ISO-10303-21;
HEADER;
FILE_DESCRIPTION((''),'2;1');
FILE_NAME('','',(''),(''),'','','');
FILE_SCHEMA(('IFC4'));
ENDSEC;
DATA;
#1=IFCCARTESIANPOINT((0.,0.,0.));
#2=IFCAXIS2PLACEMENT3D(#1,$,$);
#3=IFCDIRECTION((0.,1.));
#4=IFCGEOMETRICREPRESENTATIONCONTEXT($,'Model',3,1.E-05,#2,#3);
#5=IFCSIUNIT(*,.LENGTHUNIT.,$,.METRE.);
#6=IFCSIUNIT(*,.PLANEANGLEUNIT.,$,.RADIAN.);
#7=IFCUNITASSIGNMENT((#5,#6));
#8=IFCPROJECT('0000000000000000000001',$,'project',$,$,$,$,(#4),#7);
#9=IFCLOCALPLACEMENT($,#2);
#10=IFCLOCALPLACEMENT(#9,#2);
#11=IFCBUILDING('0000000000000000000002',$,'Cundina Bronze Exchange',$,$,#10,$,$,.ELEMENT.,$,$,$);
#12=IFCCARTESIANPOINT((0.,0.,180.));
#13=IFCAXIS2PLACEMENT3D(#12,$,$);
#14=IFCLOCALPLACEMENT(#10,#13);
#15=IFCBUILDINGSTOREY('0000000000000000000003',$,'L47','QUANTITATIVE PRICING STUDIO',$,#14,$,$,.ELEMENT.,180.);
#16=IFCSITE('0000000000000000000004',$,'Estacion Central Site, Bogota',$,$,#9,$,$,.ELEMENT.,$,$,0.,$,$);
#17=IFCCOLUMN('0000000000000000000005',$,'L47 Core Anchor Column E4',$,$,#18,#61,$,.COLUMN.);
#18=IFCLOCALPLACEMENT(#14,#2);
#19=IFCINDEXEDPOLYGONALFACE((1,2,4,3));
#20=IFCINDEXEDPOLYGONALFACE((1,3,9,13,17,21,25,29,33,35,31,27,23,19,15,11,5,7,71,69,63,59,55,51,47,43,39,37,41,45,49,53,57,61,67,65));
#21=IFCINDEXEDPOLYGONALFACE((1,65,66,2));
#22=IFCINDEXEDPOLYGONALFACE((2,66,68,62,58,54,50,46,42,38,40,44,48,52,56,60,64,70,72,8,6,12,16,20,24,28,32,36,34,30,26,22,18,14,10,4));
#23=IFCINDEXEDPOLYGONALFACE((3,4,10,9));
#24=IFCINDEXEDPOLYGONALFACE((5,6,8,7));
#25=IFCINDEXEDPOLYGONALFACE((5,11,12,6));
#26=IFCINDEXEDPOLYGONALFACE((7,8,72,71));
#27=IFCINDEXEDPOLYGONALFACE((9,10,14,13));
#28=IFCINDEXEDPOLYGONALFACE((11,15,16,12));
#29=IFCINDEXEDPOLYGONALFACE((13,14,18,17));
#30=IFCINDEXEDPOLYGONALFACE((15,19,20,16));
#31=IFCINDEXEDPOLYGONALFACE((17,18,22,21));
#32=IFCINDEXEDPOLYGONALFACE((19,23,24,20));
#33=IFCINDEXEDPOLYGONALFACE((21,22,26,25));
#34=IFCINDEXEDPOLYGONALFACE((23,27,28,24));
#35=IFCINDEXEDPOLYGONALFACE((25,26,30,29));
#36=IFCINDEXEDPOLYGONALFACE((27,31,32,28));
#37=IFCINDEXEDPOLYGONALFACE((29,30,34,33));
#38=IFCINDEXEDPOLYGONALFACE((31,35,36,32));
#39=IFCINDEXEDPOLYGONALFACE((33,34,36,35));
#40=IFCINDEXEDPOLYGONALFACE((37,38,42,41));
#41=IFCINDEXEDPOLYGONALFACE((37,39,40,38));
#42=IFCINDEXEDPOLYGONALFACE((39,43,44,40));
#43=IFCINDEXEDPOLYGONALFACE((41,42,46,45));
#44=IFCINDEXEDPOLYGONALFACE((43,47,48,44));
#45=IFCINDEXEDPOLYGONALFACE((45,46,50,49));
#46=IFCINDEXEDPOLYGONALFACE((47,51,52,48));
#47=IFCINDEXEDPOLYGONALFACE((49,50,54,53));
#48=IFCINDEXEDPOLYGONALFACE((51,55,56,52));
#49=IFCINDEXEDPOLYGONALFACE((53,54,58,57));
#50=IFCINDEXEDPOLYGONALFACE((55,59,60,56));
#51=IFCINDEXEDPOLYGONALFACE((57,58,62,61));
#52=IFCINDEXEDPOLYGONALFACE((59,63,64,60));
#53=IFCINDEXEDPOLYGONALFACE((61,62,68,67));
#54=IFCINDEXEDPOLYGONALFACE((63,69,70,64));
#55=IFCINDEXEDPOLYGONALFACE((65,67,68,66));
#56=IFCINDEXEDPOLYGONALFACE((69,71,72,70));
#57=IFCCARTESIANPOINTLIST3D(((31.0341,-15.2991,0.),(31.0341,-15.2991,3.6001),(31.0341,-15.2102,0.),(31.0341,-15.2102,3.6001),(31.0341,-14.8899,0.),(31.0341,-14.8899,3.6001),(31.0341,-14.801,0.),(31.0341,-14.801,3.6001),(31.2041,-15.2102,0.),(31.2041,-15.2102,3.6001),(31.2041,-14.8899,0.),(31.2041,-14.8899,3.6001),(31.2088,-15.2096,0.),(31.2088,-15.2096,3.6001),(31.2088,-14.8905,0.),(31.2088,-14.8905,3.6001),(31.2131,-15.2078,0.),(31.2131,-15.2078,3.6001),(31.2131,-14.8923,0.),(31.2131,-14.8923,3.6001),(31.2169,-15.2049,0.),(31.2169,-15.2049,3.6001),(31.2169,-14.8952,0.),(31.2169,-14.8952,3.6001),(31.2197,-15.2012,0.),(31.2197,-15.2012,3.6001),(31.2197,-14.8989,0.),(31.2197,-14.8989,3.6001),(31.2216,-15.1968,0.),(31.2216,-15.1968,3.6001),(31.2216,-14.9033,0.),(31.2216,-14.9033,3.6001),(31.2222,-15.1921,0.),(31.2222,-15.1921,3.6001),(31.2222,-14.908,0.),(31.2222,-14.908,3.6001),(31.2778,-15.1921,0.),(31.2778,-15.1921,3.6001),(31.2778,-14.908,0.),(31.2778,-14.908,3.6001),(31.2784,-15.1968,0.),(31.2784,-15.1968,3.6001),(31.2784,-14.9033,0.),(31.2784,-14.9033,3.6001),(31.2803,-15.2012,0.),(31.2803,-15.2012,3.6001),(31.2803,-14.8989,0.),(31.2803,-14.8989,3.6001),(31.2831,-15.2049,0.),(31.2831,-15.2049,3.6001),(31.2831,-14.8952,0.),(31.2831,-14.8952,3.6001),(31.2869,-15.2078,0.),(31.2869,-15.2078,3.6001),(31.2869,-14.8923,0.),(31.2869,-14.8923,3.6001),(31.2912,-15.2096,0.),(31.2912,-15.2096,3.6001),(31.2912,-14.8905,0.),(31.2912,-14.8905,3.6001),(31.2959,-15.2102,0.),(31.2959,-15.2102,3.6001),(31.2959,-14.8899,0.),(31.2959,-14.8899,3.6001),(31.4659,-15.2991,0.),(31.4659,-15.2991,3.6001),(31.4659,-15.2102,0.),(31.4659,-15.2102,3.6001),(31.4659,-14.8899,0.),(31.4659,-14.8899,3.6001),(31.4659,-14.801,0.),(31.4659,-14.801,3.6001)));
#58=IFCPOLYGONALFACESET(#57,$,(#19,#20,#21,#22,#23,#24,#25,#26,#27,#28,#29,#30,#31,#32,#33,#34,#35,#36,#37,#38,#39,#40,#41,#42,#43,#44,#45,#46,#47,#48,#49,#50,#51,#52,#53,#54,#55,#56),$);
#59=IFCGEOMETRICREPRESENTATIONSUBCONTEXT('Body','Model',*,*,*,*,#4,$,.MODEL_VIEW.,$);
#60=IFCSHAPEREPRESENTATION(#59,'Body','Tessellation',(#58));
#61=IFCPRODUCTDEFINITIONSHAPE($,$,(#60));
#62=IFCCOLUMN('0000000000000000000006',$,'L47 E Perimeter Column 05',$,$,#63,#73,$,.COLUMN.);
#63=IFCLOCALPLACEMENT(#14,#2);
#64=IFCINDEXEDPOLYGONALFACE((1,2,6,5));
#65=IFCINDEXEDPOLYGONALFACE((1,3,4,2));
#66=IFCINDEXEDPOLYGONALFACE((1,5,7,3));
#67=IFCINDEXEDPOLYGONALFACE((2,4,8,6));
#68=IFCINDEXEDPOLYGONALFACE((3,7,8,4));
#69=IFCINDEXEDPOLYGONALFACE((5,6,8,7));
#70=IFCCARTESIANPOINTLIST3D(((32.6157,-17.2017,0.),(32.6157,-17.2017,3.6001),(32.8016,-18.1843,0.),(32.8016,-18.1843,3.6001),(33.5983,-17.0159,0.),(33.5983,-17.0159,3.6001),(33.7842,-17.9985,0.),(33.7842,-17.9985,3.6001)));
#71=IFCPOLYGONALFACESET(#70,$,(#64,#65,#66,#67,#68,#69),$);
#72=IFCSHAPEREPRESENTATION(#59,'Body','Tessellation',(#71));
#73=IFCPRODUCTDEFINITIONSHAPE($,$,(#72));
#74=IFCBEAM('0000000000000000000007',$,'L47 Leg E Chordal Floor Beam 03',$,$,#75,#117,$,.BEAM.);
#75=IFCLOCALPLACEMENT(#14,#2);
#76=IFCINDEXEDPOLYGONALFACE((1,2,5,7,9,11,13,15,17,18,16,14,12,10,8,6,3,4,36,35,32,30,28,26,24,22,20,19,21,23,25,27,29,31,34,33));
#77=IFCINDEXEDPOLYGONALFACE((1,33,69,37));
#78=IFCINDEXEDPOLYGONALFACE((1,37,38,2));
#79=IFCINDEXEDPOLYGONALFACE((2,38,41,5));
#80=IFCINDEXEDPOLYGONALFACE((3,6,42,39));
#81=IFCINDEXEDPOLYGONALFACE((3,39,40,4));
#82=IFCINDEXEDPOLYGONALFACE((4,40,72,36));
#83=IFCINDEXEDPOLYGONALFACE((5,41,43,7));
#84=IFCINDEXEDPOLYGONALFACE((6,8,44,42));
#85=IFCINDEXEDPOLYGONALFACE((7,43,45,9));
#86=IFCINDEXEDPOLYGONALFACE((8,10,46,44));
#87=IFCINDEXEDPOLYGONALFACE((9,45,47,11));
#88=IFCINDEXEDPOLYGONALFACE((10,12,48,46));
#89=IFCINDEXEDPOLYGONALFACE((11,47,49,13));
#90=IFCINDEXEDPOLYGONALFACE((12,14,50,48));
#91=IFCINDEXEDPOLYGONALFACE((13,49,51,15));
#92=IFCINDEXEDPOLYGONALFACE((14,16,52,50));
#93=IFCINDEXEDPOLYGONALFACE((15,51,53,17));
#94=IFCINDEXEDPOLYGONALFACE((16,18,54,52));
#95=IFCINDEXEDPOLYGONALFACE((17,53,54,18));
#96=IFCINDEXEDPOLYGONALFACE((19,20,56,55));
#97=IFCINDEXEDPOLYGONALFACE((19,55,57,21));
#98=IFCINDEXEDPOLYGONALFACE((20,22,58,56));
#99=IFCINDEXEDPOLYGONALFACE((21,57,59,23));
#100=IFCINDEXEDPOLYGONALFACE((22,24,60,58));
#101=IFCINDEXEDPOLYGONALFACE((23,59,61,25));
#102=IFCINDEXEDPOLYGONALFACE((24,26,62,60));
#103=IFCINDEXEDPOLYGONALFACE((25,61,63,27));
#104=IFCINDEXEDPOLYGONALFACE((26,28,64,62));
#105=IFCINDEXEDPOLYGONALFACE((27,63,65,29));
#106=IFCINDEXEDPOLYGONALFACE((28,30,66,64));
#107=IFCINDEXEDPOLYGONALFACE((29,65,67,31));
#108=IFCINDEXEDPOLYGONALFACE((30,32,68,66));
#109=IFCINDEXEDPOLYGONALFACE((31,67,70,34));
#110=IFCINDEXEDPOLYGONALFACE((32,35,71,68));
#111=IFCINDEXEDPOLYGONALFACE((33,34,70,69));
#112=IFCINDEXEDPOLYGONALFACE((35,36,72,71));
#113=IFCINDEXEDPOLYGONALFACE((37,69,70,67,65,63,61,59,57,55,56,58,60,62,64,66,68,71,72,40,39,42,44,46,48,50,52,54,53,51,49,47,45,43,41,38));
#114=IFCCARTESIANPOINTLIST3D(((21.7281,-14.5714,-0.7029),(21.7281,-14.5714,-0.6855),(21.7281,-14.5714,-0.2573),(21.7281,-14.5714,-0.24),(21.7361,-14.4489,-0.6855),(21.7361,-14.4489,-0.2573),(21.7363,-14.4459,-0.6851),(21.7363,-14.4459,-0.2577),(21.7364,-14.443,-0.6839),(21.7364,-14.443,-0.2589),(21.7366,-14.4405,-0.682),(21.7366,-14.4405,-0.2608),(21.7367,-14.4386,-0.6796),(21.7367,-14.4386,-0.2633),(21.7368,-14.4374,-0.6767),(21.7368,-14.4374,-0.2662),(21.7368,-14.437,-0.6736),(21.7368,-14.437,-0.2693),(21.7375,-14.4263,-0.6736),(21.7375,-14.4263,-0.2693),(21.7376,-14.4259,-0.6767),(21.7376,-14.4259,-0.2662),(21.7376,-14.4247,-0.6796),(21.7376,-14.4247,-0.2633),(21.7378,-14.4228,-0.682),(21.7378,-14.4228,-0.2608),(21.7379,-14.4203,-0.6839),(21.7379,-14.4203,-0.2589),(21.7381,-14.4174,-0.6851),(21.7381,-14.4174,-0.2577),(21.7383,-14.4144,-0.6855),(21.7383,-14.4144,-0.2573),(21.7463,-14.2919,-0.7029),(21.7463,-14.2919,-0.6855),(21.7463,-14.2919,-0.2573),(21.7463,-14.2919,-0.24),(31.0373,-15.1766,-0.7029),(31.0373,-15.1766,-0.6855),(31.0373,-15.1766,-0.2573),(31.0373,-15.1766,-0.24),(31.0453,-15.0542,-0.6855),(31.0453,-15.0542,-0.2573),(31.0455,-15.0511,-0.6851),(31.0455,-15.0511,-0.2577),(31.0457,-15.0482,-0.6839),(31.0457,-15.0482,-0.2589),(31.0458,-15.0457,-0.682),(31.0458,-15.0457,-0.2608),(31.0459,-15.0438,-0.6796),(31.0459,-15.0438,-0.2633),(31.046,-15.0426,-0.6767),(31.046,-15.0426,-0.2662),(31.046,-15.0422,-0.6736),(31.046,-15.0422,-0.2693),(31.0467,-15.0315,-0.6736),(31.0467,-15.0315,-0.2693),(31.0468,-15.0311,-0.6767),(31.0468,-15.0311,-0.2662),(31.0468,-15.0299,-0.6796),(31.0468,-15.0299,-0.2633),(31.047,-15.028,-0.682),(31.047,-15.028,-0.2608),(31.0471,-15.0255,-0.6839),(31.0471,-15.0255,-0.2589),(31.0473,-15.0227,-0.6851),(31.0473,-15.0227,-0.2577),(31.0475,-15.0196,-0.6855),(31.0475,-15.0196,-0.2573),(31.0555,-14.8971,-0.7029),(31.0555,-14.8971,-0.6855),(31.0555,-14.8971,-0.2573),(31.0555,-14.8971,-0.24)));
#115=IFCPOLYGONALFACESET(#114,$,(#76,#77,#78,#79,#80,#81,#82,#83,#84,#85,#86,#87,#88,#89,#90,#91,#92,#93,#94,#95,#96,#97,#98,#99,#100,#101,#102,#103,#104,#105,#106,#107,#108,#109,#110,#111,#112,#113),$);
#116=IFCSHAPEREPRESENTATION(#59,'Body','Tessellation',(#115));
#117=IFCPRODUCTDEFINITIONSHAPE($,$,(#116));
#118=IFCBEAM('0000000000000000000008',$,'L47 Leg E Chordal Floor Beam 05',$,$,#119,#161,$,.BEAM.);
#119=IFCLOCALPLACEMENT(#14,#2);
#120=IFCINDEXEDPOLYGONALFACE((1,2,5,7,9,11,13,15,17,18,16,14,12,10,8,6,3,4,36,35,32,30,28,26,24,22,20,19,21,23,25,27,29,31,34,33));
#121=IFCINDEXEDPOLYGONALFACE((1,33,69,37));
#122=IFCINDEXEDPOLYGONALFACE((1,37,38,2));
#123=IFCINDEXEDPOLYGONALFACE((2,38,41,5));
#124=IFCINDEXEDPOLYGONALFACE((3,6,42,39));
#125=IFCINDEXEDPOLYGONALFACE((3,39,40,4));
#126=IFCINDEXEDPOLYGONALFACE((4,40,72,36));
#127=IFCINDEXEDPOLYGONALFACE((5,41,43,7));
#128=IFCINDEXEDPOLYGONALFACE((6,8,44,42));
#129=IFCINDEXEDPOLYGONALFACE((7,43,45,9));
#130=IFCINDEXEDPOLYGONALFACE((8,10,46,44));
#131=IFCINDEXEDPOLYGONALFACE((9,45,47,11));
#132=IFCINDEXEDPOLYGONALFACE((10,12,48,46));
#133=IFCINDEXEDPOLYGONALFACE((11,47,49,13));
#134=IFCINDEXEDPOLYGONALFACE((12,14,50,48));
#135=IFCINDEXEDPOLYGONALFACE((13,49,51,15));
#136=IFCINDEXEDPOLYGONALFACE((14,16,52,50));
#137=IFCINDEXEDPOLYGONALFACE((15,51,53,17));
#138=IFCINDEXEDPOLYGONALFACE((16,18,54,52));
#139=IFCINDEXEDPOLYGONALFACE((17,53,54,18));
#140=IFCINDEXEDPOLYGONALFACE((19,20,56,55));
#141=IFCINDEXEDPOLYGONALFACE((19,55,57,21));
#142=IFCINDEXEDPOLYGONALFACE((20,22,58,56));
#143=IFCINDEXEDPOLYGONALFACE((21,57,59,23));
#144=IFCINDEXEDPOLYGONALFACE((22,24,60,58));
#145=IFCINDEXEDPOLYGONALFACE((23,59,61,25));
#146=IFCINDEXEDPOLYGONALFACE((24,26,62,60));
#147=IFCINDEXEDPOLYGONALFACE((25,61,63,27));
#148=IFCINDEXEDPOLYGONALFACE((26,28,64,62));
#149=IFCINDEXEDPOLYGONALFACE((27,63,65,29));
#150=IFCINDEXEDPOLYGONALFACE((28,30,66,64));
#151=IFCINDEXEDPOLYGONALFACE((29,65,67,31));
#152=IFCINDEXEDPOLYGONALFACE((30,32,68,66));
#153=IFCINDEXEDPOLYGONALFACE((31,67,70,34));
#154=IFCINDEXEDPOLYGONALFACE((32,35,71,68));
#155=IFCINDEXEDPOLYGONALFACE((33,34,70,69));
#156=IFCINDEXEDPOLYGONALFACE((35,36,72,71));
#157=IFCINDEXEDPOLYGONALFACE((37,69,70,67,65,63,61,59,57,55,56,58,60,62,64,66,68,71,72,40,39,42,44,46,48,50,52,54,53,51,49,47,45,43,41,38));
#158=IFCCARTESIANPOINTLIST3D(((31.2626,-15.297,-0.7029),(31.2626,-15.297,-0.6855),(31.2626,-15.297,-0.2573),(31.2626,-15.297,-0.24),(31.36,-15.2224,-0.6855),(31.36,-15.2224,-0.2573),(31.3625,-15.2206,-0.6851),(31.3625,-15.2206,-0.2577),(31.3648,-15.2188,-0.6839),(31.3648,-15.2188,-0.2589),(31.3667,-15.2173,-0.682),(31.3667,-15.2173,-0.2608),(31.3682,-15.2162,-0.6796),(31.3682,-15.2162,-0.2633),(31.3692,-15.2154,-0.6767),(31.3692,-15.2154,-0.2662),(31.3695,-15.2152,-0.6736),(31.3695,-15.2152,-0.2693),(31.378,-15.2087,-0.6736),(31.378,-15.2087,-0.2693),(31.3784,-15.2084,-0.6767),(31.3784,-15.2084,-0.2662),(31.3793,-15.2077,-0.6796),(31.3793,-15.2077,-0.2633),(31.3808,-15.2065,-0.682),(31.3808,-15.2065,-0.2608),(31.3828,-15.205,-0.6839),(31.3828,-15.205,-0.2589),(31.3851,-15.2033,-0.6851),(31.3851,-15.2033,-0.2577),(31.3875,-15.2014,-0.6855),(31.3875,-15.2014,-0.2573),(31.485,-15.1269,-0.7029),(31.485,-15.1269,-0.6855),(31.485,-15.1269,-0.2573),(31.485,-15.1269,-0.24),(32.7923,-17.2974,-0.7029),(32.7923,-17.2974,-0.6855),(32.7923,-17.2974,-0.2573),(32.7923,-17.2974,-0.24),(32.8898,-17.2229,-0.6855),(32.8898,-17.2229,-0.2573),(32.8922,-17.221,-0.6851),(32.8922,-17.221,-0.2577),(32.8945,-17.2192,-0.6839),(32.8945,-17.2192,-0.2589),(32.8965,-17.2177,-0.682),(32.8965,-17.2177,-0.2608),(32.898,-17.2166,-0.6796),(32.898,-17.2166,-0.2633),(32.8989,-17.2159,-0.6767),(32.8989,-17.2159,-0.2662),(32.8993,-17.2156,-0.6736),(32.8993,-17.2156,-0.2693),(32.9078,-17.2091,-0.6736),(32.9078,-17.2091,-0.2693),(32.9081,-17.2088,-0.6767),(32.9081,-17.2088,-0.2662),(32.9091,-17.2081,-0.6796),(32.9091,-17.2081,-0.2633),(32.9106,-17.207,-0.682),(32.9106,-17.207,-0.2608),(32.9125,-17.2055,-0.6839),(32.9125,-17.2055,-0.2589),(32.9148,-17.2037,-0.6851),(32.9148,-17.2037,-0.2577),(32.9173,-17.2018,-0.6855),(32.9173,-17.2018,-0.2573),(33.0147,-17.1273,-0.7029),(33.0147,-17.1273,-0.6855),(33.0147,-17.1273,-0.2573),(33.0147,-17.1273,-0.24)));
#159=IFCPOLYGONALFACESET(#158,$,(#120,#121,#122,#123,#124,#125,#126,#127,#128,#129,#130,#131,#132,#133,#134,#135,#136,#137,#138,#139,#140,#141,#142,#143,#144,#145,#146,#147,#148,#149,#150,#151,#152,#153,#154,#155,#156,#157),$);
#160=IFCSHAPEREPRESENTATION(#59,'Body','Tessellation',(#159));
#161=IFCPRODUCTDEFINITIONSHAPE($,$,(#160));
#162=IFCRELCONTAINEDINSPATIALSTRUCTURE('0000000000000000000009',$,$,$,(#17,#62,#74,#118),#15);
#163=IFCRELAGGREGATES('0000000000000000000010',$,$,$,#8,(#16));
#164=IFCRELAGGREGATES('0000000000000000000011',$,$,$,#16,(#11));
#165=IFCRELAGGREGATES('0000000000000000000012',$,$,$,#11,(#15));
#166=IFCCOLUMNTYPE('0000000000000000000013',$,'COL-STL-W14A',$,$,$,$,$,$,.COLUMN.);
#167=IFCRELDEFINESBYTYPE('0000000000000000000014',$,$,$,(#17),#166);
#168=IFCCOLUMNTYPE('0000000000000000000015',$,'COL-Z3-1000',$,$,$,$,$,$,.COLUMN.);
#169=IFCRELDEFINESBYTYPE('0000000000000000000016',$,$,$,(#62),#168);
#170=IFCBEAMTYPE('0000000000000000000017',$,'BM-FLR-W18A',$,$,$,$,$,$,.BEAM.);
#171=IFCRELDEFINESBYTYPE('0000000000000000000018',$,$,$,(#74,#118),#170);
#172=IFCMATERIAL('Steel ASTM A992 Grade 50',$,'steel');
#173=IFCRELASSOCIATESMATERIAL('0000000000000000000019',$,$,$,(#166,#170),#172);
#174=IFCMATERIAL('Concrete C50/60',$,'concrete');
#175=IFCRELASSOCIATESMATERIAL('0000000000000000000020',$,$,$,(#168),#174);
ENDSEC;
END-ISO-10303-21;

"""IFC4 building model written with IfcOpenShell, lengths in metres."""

from ifc_helpers import new_model, si_unit, direction, frame, origin, origin_2d, place, context, subcontext, project, spatial, rectangle, i_section, extrude, material, material_profile, profile_set, type_object, element, save


model = new_model("IFC4")

# Units and contexts
model_context = context("Model", 3, precision=1e-05, world=origin(), true_north=direction((0.0, 1.0)))
body_context = subcontext(model_context, "Body", "Model", "MODEL_VIEW")
ifc_project = project(units=[si_unit("LENGTHUNIT", "METRE"), si_unit("PLANEANGLEUNIT", "RADIAN")], contexts=[model_context])

# Site, building, storey
site_placement = place(None, origin())
site = spatial("IfcSite", under=ifc_project, at=site_placement, Name="Estacion Central Site, Bogota", CompositionType="ELEMENT", RefElevation=0.0)
building_placement = place(site_placement, origin())
building = spatial("IfcBuilding", under=site, at=building_placement, Name="Cundina Bronze Exchange", CompositionType="ELEMENT")
storey_placement = place(building_placement, frame((0.0, 0.0, 180.0)))
storey = spatial("IfcBuildingStorey", under=building, at=storey_placement, Name="L47", Description="QUANTITATIVE PRICING STUDIO", CompositionType="ELEMENT", Elevation=180.0)

# Columns
ifc_material_1 = material(Name="Steel ASTM A992 Grade 50", Category="steel")
ifc_material_profile_1 = material_profile(ifc_material_1, i_section(OverallWidth=0.4319, OverallDepth=0.498, WebThickness=0.0557, FlangeThickness=0.0889, FilletRadius=0.0181, at=origin_2d()), Name="W14X500", Category="steel")
ifc_profile_set_1 = profile_set([ifc_material_profile_1], Name="Steel ASTM A992 Grade 50")
column_type_1 = type_object("IfcColumnType", Name="COL-STL-W14A", PredefinedType="COLUMN", material=ifc_profile_set_1)
column_1_placement = place(storey_placement, frame((31.25, -15.05, 0.0), z_axis=(0.0, 0.0, 1.0), x_axis=(1.0, 0.0, 0.0)))
element("IfcColumn", 1, at=column_1_placement, inside=storey, type_object=column_type_1, Name="L47 Core Anchor Column E4", PredefinedType="COLUMN", context=body_context, shape_type="SweptSolid", body=[
    extrude(i_section(OverallWidth=0.4319, OverallDepth=0.498, WebThickness=0.0557, FlangeThickness=0.0889, FilletRadius=0.0181, at=origin_2d()), origin(), (0.0, 0.0, 1.0), 3.6001),
])
ifc_material_2 = material(Name="Concrete C50/60", Category="concrete")
ifc_material_profile_2 = material_profile(ifc_material_2, rectangle(XDim=1.0, YDim=1.0, at=origin_2d()), Name="RC1000X1000", Category="concrete")
ifc_profile_set_2 = profile_set([ifc_material_profile_2], Name="Concrete C50/60")
column_type_2 = type_object("IfcColumnType", Name="COL-Z3-1000", PredefinedType="COLUMN", material=ifc_profile_set_2)
column_2_placement = place(storey_placement, frame((33.2, -17.6001, 0.0), z_axis=(0.0, 0.0, 1.0), x_axis=(0.98258, 0.185838, 0.0)))
element("IfcColumn", 2, at=column_2_placement, inside=storey, type_object=column_type_2, Name="L47 E Perimeter Column 05", PredefinedType="COLUMN", context=body_context, shape_type="SweptSolid", body=[
    extrude(rectangle(XDim=1.0, YDim=1.0, at=origin_2d()), origin(), (0.0, 0.0, 1.0), 3.6001),
])

# Beams
ifc_material_profile_3 = material_profile(ifc_material_1, i_section(OverallWidth=0.28, OverallDepth=0.4629, WebThickness=0.0107, FlangeThickness=0.0173, FilletRadius=0.012, at=origin_2d()), Name="W18X76", Category="steel")
ifc_profile_set_3 = profile_set([ifc_material_profile_3], Name="Steel ASTM A992 Grade 50")
beam_type_1 = type_object("IfcBeamType", Name="BM-FLR-W18A", PredefinedType="BEAM", material=ifc_profile_set_3)
beam_1_placement = place(storey_placement, frame((31.0464, -15.0369, -0.4714), z_axis=(-0.997893, 0.064876, 0.0), x_axis=(-0.064876, -0.997893, 0.0)))
element("IfcBeam", 3, at=beam_1_placement, inside=storey, type_object=beam_type_1, Name="L47 Leg E Chordal Floor Beam 03", PredefinedType="BEAM", context=body_context, shape_type="SweptSolid", body=[
    extrude(i_section(OverallWidth=0.28, OverallDepth=0.4629, WebThickness=0.0107, FlangeThickness=0.0173, FilletRadius=0.012, at=origin_2d()), origin(), (0.0, 0.0, 1.0), 9.3289),
])
beam_2_placement = place(storey_placement, frame((31.3738, -15.2119, -0.4714), z_axis=(0.60745, -0.794358, 0.0), x_axis=(0.794358, 0.60745, 0.0)))
element("IfcBeam", 4, at=beam_2_placement, inside=storey, type_object=beam_type_1, Name="L47 Leg E Chordal Floor Beam 05", PredefinedType="BEAM", context=body_context, shape_type="SweptSolid", body=[
    extrude(i_section(OverallWidth=0.28, OverallDepth=0.4629, WebThickness=0.0107, FlangeThickness=0.0173, FilletRadius=0.012, at=origin_2d()), origin(), (0.0, 0.0, 1.0), 2.5183),
])

save(model, "model.ifc")
